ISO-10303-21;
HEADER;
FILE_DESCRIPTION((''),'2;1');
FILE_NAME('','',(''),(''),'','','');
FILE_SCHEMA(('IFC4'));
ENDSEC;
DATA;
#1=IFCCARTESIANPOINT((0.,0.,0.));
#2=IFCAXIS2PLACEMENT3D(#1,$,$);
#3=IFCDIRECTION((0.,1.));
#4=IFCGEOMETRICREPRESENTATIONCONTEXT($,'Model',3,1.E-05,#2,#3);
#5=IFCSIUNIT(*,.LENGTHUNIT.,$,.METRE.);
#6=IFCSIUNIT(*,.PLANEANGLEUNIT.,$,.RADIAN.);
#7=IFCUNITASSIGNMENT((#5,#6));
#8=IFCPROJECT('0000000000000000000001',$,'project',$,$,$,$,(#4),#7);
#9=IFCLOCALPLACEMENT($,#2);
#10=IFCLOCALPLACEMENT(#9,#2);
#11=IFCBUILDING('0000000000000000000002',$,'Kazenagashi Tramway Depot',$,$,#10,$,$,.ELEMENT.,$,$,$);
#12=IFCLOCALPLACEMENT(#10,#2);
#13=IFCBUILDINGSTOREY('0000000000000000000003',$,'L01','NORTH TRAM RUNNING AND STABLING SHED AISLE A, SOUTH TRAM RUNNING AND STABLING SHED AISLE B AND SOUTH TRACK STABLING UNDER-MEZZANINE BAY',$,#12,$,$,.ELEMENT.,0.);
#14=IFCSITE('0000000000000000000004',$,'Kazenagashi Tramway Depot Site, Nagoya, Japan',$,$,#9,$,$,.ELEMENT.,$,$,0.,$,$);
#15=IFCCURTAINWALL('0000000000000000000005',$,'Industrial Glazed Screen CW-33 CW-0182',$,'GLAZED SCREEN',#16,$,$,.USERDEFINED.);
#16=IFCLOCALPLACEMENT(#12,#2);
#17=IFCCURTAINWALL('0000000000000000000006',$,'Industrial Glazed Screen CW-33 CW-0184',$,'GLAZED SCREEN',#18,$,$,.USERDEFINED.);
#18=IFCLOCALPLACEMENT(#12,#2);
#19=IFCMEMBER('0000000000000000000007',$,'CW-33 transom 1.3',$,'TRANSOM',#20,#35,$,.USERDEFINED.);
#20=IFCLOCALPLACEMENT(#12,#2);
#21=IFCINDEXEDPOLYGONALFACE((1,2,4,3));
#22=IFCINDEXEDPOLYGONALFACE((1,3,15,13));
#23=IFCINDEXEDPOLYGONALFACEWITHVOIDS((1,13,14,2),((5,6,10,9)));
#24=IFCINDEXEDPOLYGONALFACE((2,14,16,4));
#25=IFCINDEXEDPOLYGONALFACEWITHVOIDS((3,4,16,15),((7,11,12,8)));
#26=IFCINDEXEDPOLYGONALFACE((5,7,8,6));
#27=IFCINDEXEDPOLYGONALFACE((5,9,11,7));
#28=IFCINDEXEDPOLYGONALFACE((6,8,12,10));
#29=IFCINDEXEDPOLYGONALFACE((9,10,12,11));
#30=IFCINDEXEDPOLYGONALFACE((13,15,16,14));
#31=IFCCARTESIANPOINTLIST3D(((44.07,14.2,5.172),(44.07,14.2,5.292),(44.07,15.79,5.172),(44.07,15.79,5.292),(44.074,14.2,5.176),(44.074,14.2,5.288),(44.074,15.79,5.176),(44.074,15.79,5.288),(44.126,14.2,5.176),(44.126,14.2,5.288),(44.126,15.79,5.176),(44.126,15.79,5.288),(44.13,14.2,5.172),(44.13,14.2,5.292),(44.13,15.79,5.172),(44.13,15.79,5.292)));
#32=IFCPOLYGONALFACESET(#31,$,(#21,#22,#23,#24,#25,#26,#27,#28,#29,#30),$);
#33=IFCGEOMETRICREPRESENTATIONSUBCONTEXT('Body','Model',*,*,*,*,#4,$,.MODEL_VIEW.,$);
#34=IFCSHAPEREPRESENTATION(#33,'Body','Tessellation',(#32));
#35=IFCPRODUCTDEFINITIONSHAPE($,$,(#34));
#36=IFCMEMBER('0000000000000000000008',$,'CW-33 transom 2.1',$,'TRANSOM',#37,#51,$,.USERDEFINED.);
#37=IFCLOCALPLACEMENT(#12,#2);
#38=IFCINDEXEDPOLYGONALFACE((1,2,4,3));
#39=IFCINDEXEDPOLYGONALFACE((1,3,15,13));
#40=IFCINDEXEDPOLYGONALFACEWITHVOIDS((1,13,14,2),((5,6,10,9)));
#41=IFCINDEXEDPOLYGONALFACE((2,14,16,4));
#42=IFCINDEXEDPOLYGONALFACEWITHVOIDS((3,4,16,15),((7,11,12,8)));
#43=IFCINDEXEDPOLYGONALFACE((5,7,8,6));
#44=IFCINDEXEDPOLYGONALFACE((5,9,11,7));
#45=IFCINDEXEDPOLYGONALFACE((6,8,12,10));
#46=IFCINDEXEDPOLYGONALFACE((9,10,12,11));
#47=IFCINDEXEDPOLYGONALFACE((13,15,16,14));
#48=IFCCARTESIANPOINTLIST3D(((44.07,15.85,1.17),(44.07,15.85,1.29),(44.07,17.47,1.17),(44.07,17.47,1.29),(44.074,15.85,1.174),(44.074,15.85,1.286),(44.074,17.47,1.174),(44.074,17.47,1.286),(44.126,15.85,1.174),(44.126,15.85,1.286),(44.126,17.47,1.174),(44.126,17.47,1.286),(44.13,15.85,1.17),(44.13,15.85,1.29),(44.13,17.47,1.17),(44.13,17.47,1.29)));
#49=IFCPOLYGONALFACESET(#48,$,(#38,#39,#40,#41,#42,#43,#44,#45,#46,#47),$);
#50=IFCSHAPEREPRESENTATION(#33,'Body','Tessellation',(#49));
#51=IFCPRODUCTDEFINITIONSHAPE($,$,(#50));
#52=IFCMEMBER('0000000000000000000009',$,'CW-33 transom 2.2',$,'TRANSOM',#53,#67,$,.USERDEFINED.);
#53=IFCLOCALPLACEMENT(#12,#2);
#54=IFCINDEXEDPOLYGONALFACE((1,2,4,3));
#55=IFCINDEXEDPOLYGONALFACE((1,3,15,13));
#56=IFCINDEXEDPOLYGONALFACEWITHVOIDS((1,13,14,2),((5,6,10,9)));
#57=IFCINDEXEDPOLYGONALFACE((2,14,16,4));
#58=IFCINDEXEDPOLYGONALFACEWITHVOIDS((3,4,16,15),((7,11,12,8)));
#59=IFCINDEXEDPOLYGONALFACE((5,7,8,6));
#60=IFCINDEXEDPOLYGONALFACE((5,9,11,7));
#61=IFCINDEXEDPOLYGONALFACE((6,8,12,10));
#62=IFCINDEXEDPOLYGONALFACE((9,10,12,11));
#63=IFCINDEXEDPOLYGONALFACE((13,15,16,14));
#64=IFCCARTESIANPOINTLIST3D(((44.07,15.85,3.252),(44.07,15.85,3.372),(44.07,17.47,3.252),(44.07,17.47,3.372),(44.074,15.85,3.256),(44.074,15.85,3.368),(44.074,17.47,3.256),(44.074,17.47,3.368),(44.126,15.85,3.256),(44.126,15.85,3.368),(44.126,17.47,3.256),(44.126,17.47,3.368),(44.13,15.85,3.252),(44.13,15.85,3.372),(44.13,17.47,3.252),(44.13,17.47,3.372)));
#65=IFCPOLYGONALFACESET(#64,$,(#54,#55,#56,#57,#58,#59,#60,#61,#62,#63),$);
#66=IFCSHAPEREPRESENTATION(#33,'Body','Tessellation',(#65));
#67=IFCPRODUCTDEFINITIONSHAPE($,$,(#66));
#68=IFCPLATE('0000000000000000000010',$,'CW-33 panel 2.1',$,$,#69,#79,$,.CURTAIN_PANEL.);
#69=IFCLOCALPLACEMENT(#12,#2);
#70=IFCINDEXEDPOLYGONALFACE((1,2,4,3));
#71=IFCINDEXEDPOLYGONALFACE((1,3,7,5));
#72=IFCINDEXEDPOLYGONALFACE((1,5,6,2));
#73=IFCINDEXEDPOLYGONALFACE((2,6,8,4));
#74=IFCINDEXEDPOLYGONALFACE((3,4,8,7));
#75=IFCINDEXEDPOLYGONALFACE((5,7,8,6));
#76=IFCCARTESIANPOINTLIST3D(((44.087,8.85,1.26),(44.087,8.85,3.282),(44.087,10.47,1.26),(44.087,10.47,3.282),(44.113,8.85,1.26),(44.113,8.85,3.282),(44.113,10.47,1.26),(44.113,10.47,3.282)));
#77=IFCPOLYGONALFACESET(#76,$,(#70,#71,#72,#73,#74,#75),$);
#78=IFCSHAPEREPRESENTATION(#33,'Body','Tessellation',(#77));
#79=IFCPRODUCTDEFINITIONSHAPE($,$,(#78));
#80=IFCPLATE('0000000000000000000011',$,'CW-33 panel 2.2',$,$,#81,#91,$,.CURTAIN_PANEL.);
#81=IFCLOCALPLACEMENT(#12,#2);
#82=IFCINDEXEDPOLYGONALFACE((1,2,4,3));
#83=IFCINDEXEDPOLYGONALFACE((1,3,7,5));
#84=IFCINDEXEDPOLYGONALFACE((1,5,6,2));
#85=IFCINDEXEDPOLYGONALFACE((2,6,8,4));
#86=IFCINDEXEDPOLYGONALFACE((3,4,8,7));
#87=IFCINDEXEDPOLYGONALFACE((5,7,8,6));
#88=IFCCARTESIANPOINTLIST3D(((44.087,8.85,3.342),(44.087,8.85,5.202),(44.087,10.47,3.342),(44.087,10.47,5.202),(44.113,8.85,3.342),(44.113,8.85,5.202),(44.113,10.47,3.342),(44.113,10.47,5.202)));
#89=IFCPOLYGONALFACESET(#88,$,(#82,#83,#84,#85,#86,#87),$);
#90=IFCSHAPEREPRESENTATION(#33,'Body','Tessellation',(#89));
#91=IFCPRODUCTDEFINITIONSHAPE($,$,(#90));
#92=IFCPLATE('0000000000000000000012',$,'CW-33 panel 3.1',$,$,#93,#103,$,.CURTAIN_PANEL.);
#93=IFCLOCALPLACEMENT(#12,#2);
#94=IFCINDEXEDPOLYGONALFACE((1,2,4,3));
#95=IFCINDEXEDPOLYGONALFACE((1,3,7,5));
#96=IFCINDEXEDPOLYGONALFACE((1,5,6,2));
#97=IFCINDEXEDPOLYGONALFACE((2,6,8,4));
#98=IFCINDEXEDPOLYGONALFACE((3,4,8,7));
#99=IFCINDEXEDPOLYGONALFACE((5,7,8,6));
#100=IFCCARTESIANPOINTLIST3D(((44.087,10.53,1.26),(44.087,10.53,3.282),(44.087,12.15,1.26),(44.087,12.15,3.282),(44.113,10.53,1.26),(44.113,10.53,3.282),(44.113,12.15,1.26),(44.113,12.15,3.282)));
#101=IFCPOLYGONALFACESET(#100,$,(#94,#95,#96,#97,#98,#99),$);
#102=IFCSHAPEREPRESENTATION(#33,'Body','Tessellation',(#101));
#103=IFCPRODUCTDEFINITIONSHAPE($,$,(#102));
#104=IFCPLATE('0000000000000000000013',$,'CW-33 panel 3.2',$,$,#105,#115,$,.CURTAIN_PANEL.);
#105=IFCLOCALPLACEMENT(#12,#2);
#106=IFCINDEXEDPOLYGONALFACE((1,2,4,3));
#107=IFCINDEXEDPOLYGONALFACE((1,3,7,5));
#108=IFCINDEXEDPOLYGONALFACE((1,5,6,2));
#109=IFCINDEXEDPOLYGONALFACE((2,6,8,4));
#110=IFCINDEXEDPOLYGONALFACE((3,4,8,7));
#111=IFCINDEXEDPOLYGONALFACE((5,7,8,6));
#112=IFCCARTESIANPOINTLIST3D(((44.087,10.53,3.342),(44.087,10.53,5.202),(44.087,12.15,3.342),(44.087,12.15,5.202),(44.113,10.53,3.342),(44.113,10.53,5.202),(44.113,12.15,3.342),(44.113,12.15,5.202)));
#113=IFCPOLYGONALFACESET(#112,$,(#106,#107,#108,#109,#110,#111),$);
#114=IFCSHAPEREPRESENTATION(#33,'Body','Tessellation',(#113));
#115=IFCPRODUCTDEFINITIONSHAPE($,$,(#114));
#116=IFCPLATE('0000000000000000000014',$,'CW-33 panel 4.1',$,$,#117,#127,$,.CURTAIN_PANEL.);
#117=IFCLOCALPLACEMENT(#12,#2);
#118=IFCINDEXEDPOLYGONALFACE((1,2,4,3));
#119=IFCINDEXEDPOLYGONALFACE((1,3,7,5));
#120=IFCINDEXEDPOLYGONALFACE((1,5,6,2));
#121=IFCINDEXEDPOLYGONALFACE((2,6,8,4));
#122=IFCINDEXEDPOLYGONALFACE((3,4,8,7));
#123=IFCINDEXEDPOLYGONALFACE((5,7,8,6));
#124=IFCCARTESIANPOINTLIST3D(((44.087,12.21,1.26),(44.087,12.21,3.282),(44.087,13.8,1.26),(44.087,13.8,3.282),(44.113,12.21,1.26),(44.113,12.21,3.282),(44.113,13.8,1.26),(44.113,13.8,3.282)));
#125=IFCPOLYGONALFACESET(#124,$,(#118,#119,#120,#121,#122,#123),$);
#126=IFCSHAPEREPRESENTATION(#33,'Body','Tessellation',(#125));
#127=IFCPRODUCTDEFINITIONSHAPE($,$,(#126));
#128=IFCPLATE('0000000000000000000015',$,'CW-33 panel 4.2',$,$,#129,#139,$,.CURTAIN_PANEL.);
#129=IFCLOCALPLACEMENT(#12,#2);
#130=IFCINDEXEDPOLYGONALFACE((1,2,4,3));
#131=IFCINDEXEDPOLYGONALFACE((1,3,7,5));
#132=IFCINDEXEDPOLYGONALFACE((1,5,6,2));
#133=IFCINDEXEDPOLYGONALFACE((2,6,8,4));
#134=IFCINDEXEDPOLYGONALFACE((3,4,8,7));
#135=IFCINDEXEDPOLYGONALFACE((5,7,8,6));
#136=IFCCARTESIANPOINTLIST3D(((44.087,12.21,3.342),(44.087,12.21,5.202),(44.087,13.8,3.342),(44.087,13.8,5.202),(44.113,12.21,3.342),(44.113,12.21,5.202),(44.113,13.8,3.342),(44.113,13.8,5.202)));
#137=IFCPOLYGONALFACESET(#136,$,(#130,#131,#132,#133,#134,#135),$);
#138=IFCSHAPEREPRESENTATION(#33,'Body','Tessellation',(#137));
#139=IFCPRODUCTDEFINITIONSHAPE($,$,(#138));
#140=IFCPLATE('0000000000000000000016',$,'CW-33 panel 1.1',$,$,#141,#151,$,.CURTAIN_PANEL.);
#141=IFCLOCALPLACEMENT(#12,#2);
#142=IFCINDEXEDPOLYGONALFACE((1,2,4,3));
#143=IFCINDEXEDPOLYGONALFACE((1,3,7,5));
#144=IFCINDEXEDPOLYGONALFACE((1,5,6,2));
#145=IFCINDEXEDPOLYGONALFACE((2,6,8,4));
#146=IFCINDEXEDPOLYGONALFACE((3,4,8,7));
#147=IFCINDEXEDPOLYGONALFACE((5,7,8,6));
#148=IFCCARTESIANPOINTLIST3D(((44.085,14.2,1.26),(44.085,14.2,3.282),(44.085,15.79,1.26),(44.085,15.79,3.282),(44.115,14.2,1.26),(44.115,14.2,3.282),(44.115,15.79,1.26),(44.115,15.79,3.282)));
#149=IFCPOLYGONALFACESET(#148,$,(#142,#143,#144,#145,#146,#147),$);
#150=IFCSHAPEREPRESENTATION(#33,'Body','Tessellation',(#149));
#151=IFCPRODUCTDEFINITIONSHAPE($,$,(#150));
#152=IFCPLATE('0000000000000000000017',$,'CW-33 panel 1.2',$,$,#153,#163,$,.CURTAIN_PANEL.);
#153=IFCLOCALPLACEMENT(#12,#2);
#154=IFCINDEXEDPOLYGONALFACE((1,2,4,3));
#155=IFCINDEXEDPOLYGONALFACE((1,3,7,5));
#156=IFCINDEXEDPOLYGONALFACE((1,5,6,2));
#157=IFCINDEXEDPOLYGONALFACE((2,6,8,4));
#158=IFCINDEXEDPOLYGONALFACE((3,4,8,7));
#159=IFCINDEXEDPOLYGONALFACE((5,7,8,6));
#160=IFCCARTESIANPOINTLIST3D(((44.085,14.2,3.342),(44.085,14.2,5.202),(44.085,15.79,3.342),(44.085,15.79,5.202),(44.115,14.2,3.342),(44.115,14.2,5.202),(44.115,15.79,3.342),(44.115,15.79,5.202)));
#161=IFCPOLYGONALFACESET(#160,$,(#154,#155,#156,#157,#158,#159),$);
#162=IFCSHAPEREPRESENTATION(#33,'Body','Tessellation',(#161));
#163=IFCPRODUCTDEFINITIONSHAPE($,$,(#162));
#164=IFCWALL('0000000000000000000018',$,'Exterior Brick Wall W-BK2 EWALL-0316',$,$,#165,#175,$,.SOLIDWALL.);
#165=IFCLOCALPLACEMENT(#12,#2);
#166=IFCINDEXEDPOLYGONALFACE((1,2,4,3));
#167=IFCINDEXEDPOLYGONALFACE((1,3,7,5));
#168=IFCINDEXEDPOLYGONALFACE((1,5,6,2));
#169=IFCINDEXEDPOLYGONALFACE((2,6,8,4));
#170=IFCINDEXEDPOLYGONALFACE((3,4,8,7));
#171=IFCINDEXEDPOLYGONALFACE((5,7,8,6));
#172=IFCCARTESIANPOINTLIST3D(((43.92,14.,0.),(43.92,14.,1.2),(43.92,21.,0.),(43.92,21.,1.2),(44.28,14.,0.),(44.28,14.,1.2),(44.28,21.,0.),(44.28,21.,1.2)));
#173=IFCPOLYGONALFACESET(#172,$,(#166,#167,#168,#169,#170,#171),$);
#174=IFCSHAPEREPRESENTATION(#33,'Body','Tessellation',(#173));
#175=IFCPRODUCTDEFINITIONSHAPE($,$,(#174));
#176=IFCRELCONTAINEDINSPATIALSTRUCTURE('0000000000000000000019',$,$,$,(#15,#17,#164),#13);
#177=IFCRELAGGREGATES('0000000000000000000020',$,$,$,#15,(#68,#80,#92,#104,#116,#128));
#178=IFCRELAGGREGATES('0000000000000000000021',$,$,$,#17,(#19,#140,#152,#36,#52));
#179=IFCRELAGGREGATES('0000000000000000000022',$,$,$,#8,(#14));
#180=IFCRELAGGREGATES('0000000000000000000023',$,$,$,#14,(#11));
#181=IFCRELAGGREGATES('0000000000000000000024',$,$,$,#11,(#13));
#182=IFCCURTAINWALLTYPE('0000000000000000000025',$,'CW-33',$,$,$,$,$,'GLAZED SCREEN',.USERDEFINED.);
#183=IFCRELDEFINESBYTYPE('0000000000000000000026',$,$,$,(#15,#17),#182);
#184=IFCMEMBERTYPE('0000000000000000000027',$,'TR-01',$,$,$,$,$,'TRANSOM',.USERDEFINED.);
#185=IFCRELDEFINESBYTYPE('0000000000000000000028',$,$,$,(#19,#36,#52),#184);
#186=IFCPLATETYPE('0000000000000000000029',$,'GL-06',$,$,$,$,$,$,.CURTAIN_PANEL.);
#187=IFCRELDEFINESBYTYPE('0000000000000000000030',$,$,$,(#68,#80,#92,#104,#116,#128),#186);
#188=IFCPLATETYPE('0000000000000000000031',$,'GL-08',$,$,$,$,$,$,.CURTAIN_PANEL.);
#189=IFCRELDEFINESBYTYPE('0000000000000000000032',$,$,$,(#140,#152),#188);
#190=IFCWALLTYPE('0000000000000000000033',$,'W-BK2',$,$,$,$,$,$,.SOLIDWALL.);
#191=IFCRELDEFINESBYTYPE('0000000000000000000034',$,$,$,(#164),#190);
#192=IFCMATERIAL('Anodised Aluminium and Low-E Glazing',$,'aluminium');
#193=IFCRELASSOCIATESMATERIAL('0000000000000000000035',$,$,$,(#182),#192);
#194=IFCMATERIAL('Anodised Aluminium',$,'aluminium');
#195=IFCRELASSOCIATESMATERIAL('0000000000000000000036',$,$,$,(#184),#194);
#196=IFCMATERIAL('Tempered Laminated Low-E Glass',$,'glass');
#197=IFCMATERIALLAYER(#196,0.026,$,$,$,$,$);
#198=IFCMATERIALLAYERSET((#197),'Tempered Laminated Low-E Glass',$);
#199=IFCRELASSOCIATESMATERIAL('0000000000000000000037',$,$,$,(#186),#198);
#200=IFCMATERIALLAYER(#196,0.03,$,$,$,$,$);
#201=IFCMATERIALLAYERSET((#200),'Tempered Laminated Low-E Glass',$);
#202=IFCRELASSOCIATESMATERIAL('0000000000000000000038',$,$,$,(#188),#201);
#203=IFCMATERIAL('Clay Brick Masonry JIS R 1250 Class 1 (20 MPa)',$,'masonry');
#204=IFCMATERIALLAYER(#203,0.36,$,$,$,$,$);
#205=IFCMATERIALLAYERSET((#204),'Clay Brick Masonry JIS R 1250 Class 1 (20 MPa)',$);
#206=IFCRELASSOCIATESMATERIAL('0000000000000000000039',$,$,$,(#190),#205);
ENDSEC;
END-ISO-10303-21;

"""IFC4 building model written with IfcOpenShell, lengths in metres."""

from ifc_helpers import new_model, si_unit, direction, frame, frame_2d, origin, origin_2d, place, context, subcontext, project, spatial, rectangle, hollow_rectangle, extrude, material, layer, layer_set, material_profile, profile_set, type_object, element, aggregate, save


model = new_model("IFC4")

# Units and contexts
model_context = context("Model", 3, precision=1e-05, world=origin(), true_north=direction((0.0, 1.0)))
body_context = subcontext(model_context, "Body", "Model", "MODEL_VIEW")
ifc_project = project(units=[si_unit("LENGTHUNIT", "METRE"), si_unit("PLANEANGLEUNIT", "RADIAN")], contexts=[model_context])

# Site, building, storey
site_placement = place(None, origin())
site = spatial("IfcSite", under=ifc_project, at=site_placement, Name="Kazenagashi Tramway Depot Site, Nagoya, Japan", CompositionType="ELEMENT", RefElevation=0.0)
building_placement = place(site_placement, origin())
building = spatial("IfcBuilding", under=site, at=building_placement, Name="Kazenagashi Tramway Depot", CompositionType="ELEMENT")
storey_placement = place(building_placement, origin())
storey = spatial("IfcBuildingStorey", under=building, at=storey_placement, Name="L01", Description="NORTH TRAM RUNNING AND STABLING SHED AISLE A, SOUTH TRAM RUNNING AND STABLING SHED AISLE B AND SOUTH TRACK STABLING UNDER-MEZZANINE BAY", CompositionType="ELEMENT", Elevation=0.0)

# Curtain walls
ifc_material_1 = material(Name="Anodised Aluminium and Low-E Glazing", Category="aluminium")
curtain_wall_type = type_object("IfcCurtainWallType", Name="CW-33", ElementType="GLAZED SCREEN", PredefinedType="USERDEFINED", material=ifc_material_1)
curtain_wall_1_placement = place(storey_placement, origin())
curtain_wall_1 = element("IfcCurtainWall", 1, at=curtain_wall_1_placement, inside=storey, type_object=curtain_wall_type, Name="Industrial Glazed Screen CW-33 CW-0182", ObjectType="GLAZED SCREEN", PredefinedType="USERDEFINED")
ifc_material_2 = material(Name="Anodised Aluminium", Category="aluminium")
curtain_wall_2_placement = place(storey_placement, origin())
curtain_wall_2 = element("IfcCurtainWall", 2, at=curtain_wall_2_placement, inside=storey, type_object=curtain_wall_type, Name="Industrial Glazed Screen CW-33 CW-0184", ObjectType="GLAZED SCREEN", PredefinedType="USERDEFINED")

# Members
ifc_material_profile_1 = material_profile(ifc_material_2, hollow_rectangle(XDim=0.06, YDim=0.12, WallThickness=0.004, at=origin_2d()), Name="RHS-120x60x4")
ifc_profile_set_1 = profile_set([ifc_material_profile_1], Name="Anodised Aluminium")
member_type_1 = type_object("IfcMemberType", Name="TR-01", ElementType="TRANSOM", PredefinedType="USERDEFINED", material=ifc_profile_set_1)
member_1_placement = place(storey_placement, frame((44.1, 14.2, 5.232), z_axis=(0.0, 1.0, 0.0), x_axis=(-1.0, 0.0, 0.0)))
member_1 = element("IfcMember", 3, at=member_1_placement, type_object=member_type_1, Name="CW-33 transom 1.3", ObjectType="TRANSOM", PredefinedType="USERDEFINED", context=body_context, shape_type="SweptSolid", body=[
    extrude(hollow_rectangle(XDim=0.06, YDim=0.12, WallThickness=0.004, at=origin_2d()), origin(), (0.0, 0.0, 1.0), 1.59),
])
member_2_placement = place(storey_placement, frame((44.1, 15.85, 1.23), z_axis=(0.0, 1.0, 0.0), x_axis=(-1.0, 0.0, 0.0)))
member_2 = element("IfcMember", 4, at=member_2_placement, type_object=member_type_1, Name="CW-33 transom 2.1", ObjectType="TRANSOM", PredefinedType="USERDEFINED", context=body_context, shape_type="SweptSolid", body=[
    extrude(hollow_rectangle(XDim=0.06, YDim=0.12, WallThickness=0.004, at=origin_2d()), origin(), (0.0, 0.0, 1.0), 1.62),
])
member_3_placement = place(storey_placement, frame((44.1, 15.85, 3.312), z_axis=(0.0, 1.0, 0.0), x_axis=(-1.0, 0.0, 0.0)))
member_3 = element("IfcMember", 5, at=member_3_placement, type_object=member_type_1, Name="CW-33 transom 2.2", ObjectType="TRANSOM", PredefinedType="USERDEFINED", context=body_context, shape_type="SweptSolid", body=[
    extrude(hollow_rectangle(XDim=0.06, YDim=0.12, WallThickness=0.004, at=origin_2d()), origin(), (0.0, 0.0, 1.0), 1.62),
])

# Plates
ifc_material_3 = material(Name="Tempered Laminated Low-E Glass", Category="glass")
ifc_layer_1 = layer(ifc_material_3, 0.026)
ifc_layer_set_1 = layer_set([ifc_layer_1], Name="Tempered Laminated Low-E Glass")
plate_type_1 = type_object("IfcPlateType", Name="GL-06", PredefinedType="CURTAIN_PANEL", material=ifc_layer_set_1)
plate_1_placement = place(storey_placement, frame((44.1, 9.66, 1.26), z_axis=(0.0, 0.0, 1.0), x_axis=(0.0, 1.0, 0.0)))
plate_1 = element("IfcPlate", 6, at=plate_1_placement, type_object=plate_type_1, Name="CW-33 panel 2.1", PredefinedType="CURTAIN_PANEL", context=body_context, shape_type="SweptSolid", body=[
    extrude(rectangle(XDim=1.62, YDim=0.026, at=origin_2d()), origin(), (0.0, 0.0, 1.0), 2.022),
])
plate_2_placement = place(storey_placement, frame((44.1, 9.66, 3.342), z_axis=(0.0, 0.0, 1.0), x_axis=(0.0, 1.0, 0.0)))
plate_2 = element("IfcPlate", 7, at=plate_2_placement, type_object=plate_type_1, Name="CW-33 panel 2.2", PredefinedType="CURTAIN_PANEL", context=body_context, shape_type="SweptSolid", body=[
    extrude(rectangle(XDim=1.62, YDim=0.026, at=origin_2d()), origin(), (0.0, 0.0, 1.0), 1.86),
])
plate_3_placement = place(storey_placement, frame((44.1, 11.34, 1.26), z_axis=(0.0, 0.0, 1.0), x_axis=(0.0, 1.0, 0.0)))
plate_3 = element("IfcPlate", 8, at=plate_3_placement, type_object=plate_type_1, Name="CW-33 panel 3.1", PredefinedType="CURTAIN_PANEL", context=body_context, shape_type="SweptSolid", body=[
    extrude(rectangle(XDim=1.62, YDim=0.026, at=origin_2d()), origin(), (0.0, 0.0, 1.0), 2.022),
])
plate_4_placement = place(storey_placement, frame((44.1, 11.34, 3.342), z_axis=(0.0, 0.0, 1.0), x_axis=(0.0, 1.0, 0.0)))
plate_4 = element("IfcPlate", 9, at=plate_4_placement, type_object=plate_type_1, Name="CW-33 panel 3.2", PredefinedType="CURTAIN_PANEL", context=body_context, shape_type="SweptSolid", body=[
    extrude(rectangle(XDim=1.62, YDim=0.026, at=origin_2d()), origin(), (0.0, 0.0, 1.0), 1.86),
])
plate_5_placement = place(storey_placement, frame((44.1, 13.005, 1.26), z_axis=(0.0, 0.0, 1.0), x_axis=(0.0, 1.0, 0.0)))
plate_5 = element("IfcPlate", 10, at=plate_5_placement, type_object=plate_type_1, Name="CW-33 panel 4.1", PredefinedType="CURTAIN_PANEL", context=body_context, shape_type="SweptSolid", body=[
    extrude(rectangle(XDim=1.59, YDim=0.026, at=origin_2d()), origin(), (0.0, 0.0, 1.0), 2.022),
])
plate_6_placement = place(storey_placement, frame((44.1, 13.005, 3.342), z_axis=(0.0, 0.0, 1.0), x_axis=(0.0, 1.0, 0.0)))
plate_6 = element("IfcPlate", 11, at=plate_6_placement, type_object=plate_type_1, Name="CW-33 panel 4.2", PredefinedType="CURTAIN_PANEL", context=body_context, shape_type="SweptSolid", body=[
    extrude(rectangle(XDim=1.59, YDim=0.026, at=origin_2d()), origin(), (0.0, 0.0, 1.0), 1.86),
])
aggregate(curtain_wall_1, [plate_1, plate_2, plate_3, plate_4, plate_5, plate_6])
ifc_layer_2 = layer(ifc_material_3, 0.03)
ifc_layer_set_2 = layer_set([ifc_layer_2], Name="Tempered Laminated Low-E Glass")
plate_type_2 = type_object("IfcPlateType", Name="GL-08", PredefinedType="CURTAIN_PANEL", material=ifc_layer_set_2)
plate_7_placement = place(storey_placement, frame((44.1, 14.995, 1.26), z_axis=(0.0, 0.0, 1.0), x_axis=(0.0, 1.0, 0.0)))
plate_7 = element("IfcPlate", 12, at=plate_7_placement, type_object=plate_type_2, Name="CW-33 panel 1.1", PredefinedType="CURTAIN_PANEL", context=body_context, shape_type="SweptSolid", body=[
    extrude(rectangle(XDim=1.59, YDim=0.03, at=origin_2d()), origin(), (0.0, 0.0, 1.0), 2.022),
])
plate_8_placement = place(storey_placement, frame((44.1, 14.995, 3.342), z_axis=(0.0, 0.0, 1.0), x_axis=(0.0, 1.0, 0.0)))
plate_8 = element("IfcPlate", 13, at=plate_8_placement, type_object=plate_type_2, Name="CW-33 panel 1.2", PredefinedType="CURTAIN_PANEL", context=body_context, shape_type="SweptSolid", body=[
    extrude(rectangle(XDim=1.59, YDim=0.03, at=origin_2d()), origin(), (0.0, 0.0, 1.0), 1.86),
])
aggregate(curtain_wall_2, [member_1, plate_7, plate_8, member_2, member_3])

# Wall
ifc_material_4 = material(Name="Clay Brick Masonry JIS R 1250 Class 1 (20 MPa)", Category="masonry")
ifc_layer_3 = layer(ifc_material_4, 0.36)
ifc_layer_set_3 = layer_set([ifc_layer_3], Name="Clay Brick Masonry JIS R 1250 Class 1 (20 MPa)")
wall_type = type_object("IfcWallType", Name="W-BK2", PredefinedType="SOLIDWALL", material=ifc_layer_set_3)
wall_placement = place(storey_placement, frame((44.1, 14.0, 0.0), z_axis=(0.0, 0.0, 1.0), x_axis=(0.0, 1.0, 0.0)))
element("IfcWall", 14, at=wall_placement, inside=storey, type_object=wall_type, Name="Exterior Brick Wall W-BK2 EWALL-0316", PredefinedType="SOLIDWALL", context=body_context, shape_type="SweptSolid", body=[
    extrude(rectangle(XDim=7.0, YDim=0.36, at=frame_2d((3.5, 0.0))), origin(), (0.0, 0.0, 1.0), 1.2),
])

save(model, "model.ifc")
